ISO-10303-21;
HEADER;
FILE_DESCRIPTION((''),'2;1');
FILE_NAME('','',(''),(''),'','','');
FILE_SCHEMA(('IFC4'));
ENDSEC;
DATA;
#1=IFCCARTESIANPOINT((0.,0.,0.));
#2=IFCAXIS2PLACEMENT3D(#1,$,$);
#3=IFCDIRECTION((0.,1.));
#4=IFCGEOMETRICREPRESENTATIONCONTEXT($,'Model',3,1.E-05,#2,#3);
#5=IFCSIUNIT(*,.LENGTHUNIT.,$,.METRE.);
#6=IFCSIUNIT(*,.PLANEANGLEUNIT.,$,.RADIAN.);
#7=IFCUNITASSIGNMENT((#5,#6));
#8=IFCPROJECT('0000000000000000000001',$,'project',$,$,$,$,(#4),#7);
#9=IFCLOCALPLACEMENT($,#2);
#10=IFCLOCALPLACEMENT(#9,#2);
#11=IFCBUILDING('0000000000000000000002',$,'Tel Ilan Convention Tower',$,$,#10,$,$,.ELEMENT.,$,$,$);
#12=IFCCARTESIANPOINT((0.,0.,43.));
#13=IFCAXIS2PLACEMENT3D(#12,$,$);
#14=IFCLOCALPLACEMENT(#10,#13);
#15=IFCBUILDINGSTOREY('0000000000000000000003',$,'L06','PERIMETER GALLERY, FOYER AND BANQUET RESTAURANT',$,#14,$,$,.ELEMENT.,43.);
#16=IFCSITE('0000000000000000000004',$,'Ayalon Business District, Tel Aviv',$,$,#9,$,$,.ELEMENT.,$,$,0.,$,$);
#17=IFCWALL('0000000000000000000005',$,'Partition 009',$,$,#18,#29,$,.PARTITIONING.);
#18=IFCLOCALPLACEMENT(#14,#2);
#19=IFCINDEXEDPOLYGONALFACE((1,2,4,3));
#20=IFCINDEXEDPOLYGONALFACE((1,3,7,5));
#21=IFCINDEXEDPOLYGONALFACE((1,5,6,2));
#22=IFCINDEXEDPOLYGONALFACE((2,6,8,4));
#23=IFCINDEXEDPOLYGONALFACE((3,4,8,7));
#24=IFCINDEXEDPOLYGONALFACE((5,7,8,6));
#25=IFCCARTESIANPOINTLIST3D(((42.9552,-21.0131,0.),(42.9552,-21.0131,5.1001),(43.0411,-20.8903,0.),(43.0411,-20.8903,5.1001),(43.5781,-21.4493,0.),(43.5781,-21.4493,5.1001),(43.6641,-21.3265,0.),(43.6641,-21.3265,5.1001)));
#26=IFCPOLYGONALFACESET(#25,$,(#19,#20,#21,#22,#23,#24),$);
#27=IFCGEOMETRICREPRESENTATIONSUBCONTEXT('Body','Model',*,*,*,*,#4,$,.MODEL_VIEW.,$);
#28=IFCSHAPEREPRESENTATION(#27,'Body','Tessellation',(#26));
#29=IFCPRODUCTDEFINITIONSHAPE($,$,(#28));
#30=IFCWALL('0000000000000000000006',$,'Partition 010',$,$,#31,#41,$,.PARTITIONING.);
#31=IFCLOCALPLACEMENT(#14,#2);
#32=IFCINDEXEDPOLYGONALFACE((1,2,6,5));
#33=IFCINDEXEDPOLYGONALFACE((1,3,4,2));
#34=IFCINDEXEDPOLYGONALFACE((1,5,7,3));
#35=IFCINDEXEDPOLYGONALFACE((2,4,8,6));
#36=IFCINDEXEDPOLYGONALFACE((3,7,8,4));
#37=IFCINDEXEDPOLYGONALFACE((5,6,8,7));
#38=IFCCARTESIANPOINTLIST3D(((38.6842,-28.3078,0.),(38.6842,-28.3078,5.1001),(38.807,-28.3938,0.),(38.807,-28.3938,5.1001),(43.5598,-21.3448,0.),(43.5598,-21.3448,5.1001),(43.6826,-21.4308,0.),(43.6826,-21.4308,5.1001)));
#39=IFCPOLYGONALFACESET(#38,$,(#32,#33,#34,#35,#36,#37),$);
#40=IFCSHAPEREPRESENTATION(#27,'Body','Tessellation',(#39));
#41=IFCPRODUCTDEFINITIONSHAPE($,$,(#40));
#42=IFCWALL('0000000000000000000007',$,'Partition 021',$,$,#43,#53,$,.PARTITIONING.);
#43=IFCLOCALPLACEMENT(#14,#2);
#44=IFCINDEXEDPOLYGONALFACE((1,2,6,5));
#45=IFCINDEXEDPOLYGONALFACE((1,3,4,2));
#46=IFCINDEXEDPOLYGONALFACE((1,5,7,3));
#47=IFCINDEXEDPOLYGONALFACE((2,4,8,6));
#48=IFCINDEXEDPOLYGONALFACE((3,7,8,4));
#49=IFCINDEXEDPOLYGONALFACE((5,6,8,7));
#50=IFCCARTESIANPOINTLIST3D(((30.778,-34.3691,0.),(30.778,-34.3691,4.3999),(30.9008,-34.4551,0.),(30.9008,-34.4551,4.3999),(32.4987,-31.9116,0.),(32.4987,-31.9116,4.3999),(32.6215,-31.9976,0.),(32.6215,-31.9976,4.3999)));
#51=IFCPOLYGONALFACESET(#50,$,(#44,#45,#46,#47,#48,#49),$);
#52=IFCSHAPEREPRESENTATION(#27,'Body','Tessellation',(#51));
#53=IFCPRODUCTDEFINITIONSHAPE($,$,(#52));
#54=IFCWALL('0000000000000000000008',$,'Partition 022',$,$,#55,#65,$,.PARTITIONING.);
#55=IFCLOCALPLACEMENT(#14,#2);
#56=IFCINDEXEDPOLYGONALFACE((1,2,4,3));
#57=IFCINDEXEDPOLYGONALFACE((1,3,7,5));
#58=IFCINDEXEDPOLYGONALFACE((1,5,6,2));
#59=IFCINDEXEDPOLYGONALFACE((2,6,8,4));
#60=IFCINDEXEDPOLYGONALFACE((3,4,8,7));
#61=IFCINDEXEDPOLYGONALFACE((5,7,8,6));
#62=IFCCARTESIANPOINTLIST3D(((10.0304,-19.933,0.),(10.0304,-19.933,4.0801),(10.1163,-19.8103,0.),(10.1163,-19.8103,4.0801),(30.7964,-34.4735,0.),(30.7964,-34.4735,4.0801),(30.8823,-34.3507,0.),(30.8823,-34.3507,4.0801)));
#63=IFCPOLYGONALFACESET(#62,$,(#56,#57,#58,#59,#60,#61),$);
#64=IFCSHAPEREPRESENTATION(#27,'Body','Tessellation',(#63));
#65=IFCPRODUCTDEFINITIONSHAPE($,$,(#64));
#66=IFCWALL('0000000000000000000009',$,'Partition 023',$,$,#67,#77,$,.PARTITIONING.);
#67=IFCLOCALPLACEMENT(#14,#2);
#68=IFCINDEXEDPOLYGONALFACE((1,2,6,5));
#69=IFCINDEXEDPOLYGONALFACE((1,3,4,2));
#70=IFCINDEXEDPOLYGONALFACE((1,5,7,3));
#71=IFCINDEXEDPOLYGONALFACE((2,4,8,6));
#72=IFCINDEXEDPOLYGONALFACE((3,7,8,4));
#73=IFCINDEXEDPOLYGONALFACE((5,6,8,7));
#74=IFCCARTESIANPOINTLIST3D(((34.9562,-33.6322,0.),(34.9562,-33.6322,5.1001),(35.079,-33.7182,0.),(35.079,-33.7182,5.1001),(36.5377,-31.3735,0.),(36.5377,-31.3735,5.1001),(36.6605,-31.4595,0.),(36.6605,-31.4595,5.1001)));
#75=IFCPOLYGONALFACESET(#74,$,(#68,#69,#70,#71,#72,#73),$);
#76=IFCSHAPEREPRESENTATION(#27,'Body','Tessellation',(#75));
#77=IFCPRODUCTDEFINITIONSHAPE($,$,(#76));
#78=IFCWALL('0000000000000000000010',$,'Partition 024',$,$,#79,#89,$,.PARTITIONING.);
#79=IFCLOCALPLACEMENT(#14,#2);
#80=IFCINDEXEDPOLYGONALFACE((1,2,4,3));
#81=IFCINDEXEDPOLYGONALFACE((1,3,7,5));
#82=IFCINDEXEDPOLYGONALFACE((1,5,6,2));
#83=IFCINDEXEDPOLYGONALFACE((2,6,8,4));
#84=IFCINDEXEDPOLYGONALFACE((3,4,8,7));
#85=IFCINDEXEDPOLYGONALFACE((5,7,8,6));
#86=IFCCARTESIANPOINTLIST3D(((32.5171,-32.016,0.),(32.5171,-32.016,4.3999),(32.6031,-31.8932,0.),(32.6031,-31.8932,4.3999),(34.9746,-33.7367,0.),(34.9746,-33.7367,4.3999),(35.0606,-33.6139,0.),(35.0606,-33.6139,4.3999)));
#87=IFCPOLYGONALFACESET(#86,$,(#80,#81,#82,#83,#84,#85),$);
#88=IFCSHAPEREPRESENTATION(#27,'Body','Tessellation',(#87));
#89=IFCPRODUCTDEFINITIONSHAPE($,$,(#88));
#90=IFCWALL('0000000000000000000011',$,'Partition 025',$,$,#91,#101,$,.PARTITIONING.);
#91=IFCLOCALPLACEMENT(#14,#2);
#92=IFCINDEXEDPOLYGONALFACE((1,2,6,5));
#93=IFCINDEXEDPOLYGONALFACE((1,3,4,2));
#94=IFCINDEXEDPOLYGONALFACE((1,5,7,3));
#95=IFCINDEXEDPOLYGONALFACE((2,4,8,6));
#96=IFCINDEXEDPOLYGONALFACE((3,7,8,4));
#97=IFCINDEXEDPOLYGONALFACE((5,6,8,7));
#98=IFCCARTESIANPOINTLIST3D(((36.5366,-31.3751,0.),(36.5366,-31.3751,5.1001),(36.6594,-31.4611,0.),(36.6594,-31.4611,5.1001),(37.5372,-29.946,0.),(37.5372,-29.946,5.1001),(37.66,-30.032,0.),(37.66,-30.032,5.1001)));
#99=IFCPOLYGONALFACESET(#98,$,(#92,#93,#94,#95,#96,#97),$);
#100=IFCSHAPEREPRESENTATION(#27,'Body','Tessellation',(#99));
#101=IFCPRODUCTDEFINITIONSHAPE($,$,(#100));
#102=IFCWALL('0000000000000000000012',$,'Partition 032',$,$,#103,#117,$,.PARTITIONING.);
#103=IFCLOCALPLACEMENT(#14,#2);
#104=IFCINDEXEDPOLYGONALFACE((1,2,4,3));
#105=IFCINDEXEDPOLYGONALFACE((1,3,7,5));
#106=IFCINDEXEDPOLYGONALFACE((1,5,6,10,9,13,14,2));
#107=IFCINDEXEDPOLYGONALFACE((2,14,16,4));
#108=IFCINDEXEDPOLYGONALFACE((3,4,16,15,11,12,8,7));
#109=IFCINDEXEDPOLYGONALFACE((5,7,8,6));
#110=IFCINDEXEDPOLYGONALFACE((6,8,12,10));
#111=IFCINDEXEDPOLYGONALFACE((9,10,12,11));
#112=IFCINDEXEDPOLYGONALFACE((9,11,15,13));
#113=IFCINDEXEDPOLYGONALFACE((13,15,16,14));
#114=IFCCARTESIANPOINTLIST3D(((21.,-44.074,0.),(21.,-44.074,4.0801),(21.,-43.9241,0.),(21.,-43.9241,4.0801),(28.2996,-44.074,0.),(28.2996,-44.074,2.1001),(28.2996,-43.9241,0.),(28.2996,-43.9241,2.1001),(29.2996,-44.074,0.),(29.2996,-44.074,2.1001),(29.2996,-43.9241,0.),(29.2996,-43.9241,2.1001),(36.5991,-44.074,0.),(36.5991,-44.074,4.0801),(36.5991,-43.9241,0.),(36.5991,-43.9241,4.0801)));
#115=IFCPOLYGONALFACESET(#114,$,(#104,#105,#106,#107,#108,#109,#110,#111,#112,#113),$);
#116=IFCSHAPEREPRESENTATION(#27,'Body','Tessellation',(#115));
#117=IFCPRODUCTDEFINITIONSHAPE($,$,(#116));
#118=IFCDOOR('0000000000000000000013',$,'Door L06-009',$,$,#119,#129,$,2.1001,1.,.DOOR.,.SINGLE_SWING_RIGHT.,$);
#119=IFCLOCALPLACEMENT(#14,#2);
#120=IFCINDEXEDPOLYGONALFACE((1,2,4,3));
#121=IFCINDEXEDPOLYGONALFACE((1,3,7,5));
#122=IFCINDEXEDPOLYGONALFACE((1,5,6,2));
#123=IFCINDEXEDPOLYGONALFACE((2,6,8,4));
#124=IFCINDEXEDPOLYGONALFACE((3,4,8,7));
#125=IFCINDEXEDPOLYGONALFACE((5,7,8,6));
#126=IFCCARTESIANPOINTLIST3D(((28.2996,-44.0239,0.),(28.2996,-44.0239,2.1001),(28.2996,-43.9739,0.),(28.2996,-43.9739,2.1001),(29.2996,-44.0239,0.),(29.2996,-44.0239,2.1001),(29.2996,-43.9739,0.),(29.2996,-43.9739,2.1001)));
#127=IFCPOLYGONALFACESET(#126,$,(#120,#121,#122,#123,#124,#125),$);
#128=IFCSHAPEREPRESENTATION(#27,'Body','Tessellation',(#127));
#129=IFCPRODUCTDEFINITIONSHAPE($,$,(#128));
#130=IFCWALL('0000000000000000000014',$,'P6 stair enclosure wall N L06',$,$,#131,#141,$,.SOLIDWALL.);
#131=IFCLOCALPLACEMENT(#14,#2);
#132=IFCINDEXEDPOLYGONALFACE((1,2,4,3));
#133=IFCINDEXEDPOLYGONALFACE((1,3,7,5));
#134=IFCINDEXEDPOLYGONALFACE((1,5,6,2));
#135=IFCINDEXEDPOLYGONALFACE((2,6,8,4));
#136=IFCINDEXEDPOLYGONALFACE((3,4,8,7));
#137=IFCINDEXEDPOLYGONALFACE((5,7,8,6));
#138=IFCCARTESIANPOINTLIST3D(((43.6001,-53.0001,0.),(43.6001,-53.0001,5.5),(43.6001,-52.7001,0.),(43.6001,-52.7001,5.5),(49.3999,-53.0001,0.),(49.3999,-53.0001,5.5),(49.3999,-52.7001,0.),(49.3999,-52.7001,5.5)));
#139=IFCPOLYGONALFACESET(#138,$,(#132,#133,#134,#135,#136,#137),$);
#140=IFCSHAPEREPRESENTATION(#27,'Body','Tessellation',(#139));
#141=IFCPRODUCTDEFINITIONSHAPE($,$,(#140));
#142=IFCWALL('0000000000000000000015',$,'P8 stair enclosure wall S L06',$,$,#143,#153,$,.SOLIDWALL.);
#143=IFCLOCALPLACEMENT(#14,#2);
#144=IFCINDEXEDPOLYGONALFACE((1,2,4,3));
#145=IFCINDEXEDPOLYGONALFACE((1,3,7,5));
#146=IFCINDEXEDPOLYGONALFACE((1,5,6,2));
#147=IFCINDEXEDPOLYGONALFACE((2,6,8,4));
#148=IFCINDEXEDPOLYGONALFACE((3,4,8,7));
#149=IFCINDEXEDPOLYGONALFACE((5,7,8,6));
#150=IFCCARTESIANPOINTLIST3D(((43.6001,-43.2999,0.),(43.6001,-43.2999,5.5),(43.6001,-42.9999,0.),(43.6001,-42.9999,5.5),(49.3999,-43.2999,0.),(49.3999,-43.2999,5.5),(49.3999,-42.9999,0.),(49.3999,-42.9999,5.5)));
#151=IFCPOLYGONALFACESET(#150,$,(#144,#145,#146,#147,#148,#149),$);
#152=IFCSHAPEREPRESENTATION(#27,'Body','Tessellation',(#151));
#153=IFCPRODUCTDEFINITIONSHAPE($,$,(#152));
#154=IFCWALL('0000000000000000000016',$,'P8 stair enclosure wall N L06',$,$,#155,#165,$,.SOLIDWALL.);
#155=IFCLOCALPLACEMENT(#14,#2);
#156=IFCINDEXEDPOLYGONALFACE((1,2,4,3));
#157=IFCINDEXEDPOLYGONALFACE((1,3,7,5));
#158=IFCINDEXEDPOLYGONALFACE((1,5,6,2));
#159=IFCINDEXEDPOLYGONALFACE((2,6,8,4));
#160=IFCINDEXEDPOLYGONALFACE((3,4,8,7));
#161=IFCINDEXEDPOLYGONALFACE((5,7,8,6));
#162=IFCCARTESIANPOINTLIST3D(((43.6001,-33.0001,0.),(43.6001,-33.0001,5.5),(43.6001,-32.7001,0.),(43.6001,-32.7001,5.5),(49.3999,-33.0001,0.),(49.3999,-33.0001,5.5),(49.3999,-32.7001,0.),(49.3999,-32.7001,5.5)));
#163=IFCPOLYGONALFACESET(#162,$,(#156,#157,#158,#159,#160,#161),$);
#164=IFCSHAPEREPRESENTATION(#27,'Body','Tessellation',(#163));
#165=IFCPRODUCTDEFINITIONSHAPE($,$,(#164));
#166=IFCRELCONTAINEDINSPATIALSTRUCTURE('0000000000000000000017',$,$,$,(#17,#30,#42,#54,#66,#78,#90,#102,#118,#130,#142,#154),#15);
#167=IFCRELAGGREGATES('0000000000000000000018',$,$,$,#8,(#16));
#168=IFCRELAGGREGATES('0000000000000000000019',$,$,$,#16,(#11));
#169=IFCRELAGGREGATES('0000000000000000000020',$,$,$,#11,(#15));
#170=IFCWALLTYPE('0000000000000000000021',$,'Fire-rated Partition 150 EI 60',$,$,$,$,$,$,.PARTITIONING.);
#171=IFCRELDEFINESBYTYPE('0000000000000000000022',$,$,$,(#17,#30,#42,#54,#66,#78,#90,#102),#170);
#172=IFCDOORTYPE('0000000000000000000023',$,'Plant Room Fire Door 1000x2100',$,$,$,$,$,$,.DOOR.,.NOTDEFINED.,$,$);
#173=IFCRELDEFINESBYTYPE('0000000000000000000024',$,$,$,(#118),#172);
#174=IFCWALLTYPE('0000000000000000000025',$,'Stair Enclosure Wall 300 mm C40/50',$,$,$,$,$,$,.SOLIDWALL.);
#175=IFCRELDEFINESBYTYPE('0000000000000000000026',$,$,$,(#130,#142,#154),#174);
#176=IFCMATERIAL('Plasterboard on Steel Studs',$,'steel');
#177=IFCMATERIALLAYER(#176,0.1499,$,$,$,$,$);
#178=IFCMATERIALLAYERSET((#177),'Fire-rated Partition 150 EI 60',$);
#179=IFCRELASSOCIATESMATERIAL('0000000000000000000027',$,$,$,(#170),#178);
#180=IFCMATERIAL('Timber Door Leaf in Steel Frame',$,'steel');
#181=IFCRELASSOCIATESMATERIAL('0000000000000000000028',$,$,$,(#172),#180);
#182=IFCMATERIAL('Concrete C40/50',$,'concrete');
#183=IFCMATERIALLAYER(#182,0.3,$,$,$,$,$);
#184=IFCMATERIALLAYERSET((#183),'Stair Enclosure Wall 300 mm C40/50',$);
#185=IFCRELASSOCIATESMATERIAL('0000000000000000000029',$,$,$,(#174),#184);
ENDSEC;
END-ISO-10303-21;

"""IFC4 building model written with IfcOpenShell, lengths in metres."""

from ifc_helpers import new_model, si_unit, direction, frame, frame_2d, origin, place, context, subcontext, project, spatial, rectangle, extrude, material, layer, layer_set, type_object, element, fill, save


model = new_model("IFC4")

# Units and contexts
model_context = context("Model", 3, precision=1e-05, world=origin(), true_north=direction((0.0, 1.0)))
body_context = subcontext(model_context, "Body", "Model", "MODEL_VIEW")
ifc_project = project(units=[si_unit("LENGTHUNIT", "METRE"), si_unit("PLANEANGLEUNIT", "RADIAN")], contexts=[model_context])

# Site, building, storey
site_placement = place(None, origin())
site = spatial("IfcSite", under=ifc_project, at=site_placement, Name="Ayalon Business District, Tel Aviv", CompositionType="ELEMENT", RefElevation=0.0)
building_placement = place(site_placement, origin())
building = spatial("IfcBuilding", under=site, at=building_placement, Name="Tel Ilan Convention Tower", CompositionType="ELEMENT")
storey_placement = place(building_placement, frame((0.0, 0.0, 43.0)))
storey = spatial("IfcBuildingStorey", under=building, at=storey_placement, Name="L06", Description="PERIMETER GALLERY, FOYER AND BANQUET RESTAURANT", CompositionType="ELEMENT", Elevation=43.0)

# Shared definitions
ifc_material_1 = material(Name="Plasterboard on Steel Studs", Category="steel")
ifc_layer_1 = layer(ifc_material_1, 0.1499)
ifc_layer_set_1 = layer_set([ifc_layer_1], Name="Fire-rated Partition 150 EI 60")
wall_type_1 = type_object("IfcWallType", Name="Fire-rated Partition 150 EI 60", PredefinedType="PARTITIONING", material=ifc_layer_set_1)
ifc_material_2 = material(Name="Timber Door Leaf in Steel Frame", Category="steel")
door_type_1 = type_object("IfcDoorType", Name="Plant Room Fire Door 1000x2100", OperationType="NOTDEFINED", PredefinedType="DOOR", material=ifc_material_2)

# Walls
wall_1_placement = place(storey_placement, frame((42.998, -20.9517, 0.0), z_axis=(0.0, 0.0, 1.0), x_axis=(0.819141, -0.573592, 0.0)))
element("IfcWall", 1, at=wall_1_placement, inside=storey, type_object=wall_type_1, Name="Partition 009", PredefinedType="PARTITIONING", context=body_context, shape_type="SweptSolid", body=[
    extrude(rectangle(XDim=0.7605, YDim=0.1499, at=frame_2d((0.3804, 0.0))), origin(), (0.0, 0.0, 1.0), 5.1001),
])
wall_2_placement = place(storey_placement, frame((43.6211, -21.3879, 0.0), z_axis=(0.0, 0.0, 1.0), x_axis=(-0.573578, -0.819151, 0.0)))
element("IfcWall", 2, at=wall_2_placement, inside=storey, type_object=wall_type_1, Name="Partition 010", PredefinedType="PARTITIONING", context=body_context, shape_type="SweptSolid", body=[
    extrude(rectangle(XDim=8.5002, YDim=0.1499, at=frame_2d((4.25, 0.0))), origin(), (0.0, 0.0, 1.0), 5.1001),
])
wall_3_placement = place(storey_placement, frame((32.5601, -31.9546, 0.0), z_axis=(0.0, 0.0, 1.0), x_axis=(-0.573561, -0.819163, 0.0)))
element("IfcWall", 3, at=wall_3_placement, inside=storey, type_object=wall_type_1, Name="Partition 021", PredefinedType="PARTITIONING", context=body_context, shape_type="SweptSolid", body=[
    extrude(rectangle(XDim=3.0, YDim=0.1499, at=frame_2d((1.5, 0.0))), origin(), (0.0, 0.0, 1.0), 4.3999),
])
wall_4_placement = place(storey_placement, frame((30.8394, -34.4121, 0.0), z_axis=(0.0, 0.0, 1.0), x_axis=(-0.819153, 0.573575, 0.0)))
element("IfcWall", 4, at=wall_4_placement, inside=storey, type_object=wall_type_1, Name="Partition 022", PredefinedType="PARTITIONING", context=body_context, shape_type="SweptSolid", body=[
    extrude(rectangle(XDim=25.3506, YDim=0.1499, at=frame_2d((12.6753, 0.0))), origin(), (0.0, 0.0, 1.0), 4.0801),
])
wall_5_placement = place(storey_placement, frame((36.5991, -31.4165, 0.0), z_axis=(0.0, 0.0, 1.0), x_axis=(-0.573557, -0.819165, 0.0)))
element("IfcWall", 5, at=wall_5_placement, inside=storey, type_object=wall_type_1, Name="Partition 023", PredefinedType="PARTITIONING", context=body_context, shape_type="SweptSolid", body=[
    extrude(rectangle(XDim=2.7573, YDim=0.1499, at=frame_2d((1.3787, 0.0))), origin(), (0.0, 0.0, 1.0), 5.1001),
])
wall_6_placement = place(storey_placement, frame((35.0176, -33.6753, 0.0), z_axis=(0.0, 0.0, 1.0), x_axis=(-0.819163, 0.573561, 0.0)))
element("IfcWall", 6, at=wall_6_placement, inside=storey, type_object=wall_type_1, Name="Partition 024", PredefinedType="PARTITIONING", context=body_context, shape_type="SweptSolid", body=[
    extrude(rectangle(XDim=3.0, YDim=0.1499, at=frame_2d((1.5, 0.0))), origin(), (0.0, 0.0, 1.0), 4.3999),
])
wall_7_placement = place(storey_placement, frame((37.5986, -29.989, 0.0), z_axis=(0.0, 0.0, 1.0), x_axis=(-0.573575, -0.819153, 0.0)))
element("IfcWall", 7, at=wall_7_placement, inside=storey, type_object=wall_type_1, Name="Partition 025", PredefinedType="PARTITIONING", context=body_context, shape_type="SweptSolid", body=[
    extrude(rectangle(XDim=1.7446, YDim=0.1499, at=frame_2d((0.8723, 0.0))), origin(), (0.0, 0.0, 1.0), 5.1001),
])

# Wall, opening, door
wall_8_placement = place(storey_placement, frame((36.5991, -43.999, 0.0), z_axis=(0.0, 0.0, 1.0), x_axis=(-1.0, 0.0, 0.0)))
wall_8 = element("IfcWall", 8, at=wall_8_placement, inside=storey, type_object=wall_type_1, Name="Partition 032", PredefinedType="PARTITIONING", context=body_context, shape_type="SweptSolid", body=[
    extrude(rectangle(XDim=15.5991, YDim=0.1499, at=frame_2d((7.7996, 0.0))), origin(), (0.0, 0.0, 1.0), 4.0801),
])
opening_1_placement = place(wall_8_placement, frame((7.2996, 0.0, 0.0)))
opening_1 = element("IfcOpeningElement", 9, at=opening_1_placement, cuts=wall_8, PredefinedType="OPENING", context=body_context, shape_type="SweptSolid", body=[
    extrude(rectangle(XDim=1.0, YDim=2.1001, at=frame_2d((0.5, 1.05))), frame((0.0, 0.085, 0.0), z_axis=(0.0, -1.0, 0.0), x_axis=(1.0, 0.0, 0.0)), (0.0, 0.0, 1.0), 0.1699),
])
door_1_placement = place(opening_1_placement, origin())
door_1 = element("IfcDoor", 10, at=door_1_placement, inside=storey, type_object=door_type_1, Name="Door L06-009", OperationType="SINGLE_SWING_RIGHT", OverallHeight=2.1001, OverallWidth=1.0, PredefinedType="DOOR", context=body_context, shape_type="SweptSolid", body=[
    extrude(rectangle(XDim=1.0, YDim=2.1001, at=frame_2d((0.5, 1.05))), frame((0.0, 0.0249, 0.0), z_axis=(0.0, -1.0, 0.0), x_axis=(1.0, 0.0, 0.0)), (0.0, 0.0, 1.0), 0.05),
])
fill(opening_1, door_1)

# Walls
ifc_material_3 = material(Name="Concrete C40/50", Category="concrete")
ifc_layer_2 = layer(ifc_material_3, 0.3)
ifc_layer_set_2 = layer_set([ifc_layer_2], Name="Stair Enclosure Wall 300 mm C40/50")
wall_type_2 = type_object("IfcWallType", Name="Stair Enclosure Wall 300 mm C40/50", PredefinedType="SOLIDWALL", material=ifc_layer_set_2)
for number, where, z_axis, x_axis, name in (
    (11, (43.6001, -52.8501, 0.0), (0.0, 0.0, 1.0), (1.0, 0.0, 0.0), "P6 stair enclosure wall N L06"),
    (12, (43.6001, -43.1499, 0.0), (0.0, 0.0, 1.0), (1.0, 0.0, 0.0), "P8 stair enclosure wall S L06"),
    (13, (43.6001, -32.8501, 0.0), (0.0, 0.0, 1.0), (1.0, 0.0, 0.0), "P8 stair enclosure wall N L06"),
):
    element("IfcWall", number, at=place(storey_placement, frame(where, z_axis=z_axis, x_axis=x_axis)), inside=storey, type_object=wall_type_2, Name=name, PredefinedType="SOLIDWALL", context=body_context, shape_type="SweptSolid", body=[
        extrude(rectangle(XDim=5.7998, YDim=0.3, at=frame_2d((2.8999, 0.0))), origin(), (0.0, 0.0, 1.0), 5.5),
    ])

save(model, "model.ifc")
